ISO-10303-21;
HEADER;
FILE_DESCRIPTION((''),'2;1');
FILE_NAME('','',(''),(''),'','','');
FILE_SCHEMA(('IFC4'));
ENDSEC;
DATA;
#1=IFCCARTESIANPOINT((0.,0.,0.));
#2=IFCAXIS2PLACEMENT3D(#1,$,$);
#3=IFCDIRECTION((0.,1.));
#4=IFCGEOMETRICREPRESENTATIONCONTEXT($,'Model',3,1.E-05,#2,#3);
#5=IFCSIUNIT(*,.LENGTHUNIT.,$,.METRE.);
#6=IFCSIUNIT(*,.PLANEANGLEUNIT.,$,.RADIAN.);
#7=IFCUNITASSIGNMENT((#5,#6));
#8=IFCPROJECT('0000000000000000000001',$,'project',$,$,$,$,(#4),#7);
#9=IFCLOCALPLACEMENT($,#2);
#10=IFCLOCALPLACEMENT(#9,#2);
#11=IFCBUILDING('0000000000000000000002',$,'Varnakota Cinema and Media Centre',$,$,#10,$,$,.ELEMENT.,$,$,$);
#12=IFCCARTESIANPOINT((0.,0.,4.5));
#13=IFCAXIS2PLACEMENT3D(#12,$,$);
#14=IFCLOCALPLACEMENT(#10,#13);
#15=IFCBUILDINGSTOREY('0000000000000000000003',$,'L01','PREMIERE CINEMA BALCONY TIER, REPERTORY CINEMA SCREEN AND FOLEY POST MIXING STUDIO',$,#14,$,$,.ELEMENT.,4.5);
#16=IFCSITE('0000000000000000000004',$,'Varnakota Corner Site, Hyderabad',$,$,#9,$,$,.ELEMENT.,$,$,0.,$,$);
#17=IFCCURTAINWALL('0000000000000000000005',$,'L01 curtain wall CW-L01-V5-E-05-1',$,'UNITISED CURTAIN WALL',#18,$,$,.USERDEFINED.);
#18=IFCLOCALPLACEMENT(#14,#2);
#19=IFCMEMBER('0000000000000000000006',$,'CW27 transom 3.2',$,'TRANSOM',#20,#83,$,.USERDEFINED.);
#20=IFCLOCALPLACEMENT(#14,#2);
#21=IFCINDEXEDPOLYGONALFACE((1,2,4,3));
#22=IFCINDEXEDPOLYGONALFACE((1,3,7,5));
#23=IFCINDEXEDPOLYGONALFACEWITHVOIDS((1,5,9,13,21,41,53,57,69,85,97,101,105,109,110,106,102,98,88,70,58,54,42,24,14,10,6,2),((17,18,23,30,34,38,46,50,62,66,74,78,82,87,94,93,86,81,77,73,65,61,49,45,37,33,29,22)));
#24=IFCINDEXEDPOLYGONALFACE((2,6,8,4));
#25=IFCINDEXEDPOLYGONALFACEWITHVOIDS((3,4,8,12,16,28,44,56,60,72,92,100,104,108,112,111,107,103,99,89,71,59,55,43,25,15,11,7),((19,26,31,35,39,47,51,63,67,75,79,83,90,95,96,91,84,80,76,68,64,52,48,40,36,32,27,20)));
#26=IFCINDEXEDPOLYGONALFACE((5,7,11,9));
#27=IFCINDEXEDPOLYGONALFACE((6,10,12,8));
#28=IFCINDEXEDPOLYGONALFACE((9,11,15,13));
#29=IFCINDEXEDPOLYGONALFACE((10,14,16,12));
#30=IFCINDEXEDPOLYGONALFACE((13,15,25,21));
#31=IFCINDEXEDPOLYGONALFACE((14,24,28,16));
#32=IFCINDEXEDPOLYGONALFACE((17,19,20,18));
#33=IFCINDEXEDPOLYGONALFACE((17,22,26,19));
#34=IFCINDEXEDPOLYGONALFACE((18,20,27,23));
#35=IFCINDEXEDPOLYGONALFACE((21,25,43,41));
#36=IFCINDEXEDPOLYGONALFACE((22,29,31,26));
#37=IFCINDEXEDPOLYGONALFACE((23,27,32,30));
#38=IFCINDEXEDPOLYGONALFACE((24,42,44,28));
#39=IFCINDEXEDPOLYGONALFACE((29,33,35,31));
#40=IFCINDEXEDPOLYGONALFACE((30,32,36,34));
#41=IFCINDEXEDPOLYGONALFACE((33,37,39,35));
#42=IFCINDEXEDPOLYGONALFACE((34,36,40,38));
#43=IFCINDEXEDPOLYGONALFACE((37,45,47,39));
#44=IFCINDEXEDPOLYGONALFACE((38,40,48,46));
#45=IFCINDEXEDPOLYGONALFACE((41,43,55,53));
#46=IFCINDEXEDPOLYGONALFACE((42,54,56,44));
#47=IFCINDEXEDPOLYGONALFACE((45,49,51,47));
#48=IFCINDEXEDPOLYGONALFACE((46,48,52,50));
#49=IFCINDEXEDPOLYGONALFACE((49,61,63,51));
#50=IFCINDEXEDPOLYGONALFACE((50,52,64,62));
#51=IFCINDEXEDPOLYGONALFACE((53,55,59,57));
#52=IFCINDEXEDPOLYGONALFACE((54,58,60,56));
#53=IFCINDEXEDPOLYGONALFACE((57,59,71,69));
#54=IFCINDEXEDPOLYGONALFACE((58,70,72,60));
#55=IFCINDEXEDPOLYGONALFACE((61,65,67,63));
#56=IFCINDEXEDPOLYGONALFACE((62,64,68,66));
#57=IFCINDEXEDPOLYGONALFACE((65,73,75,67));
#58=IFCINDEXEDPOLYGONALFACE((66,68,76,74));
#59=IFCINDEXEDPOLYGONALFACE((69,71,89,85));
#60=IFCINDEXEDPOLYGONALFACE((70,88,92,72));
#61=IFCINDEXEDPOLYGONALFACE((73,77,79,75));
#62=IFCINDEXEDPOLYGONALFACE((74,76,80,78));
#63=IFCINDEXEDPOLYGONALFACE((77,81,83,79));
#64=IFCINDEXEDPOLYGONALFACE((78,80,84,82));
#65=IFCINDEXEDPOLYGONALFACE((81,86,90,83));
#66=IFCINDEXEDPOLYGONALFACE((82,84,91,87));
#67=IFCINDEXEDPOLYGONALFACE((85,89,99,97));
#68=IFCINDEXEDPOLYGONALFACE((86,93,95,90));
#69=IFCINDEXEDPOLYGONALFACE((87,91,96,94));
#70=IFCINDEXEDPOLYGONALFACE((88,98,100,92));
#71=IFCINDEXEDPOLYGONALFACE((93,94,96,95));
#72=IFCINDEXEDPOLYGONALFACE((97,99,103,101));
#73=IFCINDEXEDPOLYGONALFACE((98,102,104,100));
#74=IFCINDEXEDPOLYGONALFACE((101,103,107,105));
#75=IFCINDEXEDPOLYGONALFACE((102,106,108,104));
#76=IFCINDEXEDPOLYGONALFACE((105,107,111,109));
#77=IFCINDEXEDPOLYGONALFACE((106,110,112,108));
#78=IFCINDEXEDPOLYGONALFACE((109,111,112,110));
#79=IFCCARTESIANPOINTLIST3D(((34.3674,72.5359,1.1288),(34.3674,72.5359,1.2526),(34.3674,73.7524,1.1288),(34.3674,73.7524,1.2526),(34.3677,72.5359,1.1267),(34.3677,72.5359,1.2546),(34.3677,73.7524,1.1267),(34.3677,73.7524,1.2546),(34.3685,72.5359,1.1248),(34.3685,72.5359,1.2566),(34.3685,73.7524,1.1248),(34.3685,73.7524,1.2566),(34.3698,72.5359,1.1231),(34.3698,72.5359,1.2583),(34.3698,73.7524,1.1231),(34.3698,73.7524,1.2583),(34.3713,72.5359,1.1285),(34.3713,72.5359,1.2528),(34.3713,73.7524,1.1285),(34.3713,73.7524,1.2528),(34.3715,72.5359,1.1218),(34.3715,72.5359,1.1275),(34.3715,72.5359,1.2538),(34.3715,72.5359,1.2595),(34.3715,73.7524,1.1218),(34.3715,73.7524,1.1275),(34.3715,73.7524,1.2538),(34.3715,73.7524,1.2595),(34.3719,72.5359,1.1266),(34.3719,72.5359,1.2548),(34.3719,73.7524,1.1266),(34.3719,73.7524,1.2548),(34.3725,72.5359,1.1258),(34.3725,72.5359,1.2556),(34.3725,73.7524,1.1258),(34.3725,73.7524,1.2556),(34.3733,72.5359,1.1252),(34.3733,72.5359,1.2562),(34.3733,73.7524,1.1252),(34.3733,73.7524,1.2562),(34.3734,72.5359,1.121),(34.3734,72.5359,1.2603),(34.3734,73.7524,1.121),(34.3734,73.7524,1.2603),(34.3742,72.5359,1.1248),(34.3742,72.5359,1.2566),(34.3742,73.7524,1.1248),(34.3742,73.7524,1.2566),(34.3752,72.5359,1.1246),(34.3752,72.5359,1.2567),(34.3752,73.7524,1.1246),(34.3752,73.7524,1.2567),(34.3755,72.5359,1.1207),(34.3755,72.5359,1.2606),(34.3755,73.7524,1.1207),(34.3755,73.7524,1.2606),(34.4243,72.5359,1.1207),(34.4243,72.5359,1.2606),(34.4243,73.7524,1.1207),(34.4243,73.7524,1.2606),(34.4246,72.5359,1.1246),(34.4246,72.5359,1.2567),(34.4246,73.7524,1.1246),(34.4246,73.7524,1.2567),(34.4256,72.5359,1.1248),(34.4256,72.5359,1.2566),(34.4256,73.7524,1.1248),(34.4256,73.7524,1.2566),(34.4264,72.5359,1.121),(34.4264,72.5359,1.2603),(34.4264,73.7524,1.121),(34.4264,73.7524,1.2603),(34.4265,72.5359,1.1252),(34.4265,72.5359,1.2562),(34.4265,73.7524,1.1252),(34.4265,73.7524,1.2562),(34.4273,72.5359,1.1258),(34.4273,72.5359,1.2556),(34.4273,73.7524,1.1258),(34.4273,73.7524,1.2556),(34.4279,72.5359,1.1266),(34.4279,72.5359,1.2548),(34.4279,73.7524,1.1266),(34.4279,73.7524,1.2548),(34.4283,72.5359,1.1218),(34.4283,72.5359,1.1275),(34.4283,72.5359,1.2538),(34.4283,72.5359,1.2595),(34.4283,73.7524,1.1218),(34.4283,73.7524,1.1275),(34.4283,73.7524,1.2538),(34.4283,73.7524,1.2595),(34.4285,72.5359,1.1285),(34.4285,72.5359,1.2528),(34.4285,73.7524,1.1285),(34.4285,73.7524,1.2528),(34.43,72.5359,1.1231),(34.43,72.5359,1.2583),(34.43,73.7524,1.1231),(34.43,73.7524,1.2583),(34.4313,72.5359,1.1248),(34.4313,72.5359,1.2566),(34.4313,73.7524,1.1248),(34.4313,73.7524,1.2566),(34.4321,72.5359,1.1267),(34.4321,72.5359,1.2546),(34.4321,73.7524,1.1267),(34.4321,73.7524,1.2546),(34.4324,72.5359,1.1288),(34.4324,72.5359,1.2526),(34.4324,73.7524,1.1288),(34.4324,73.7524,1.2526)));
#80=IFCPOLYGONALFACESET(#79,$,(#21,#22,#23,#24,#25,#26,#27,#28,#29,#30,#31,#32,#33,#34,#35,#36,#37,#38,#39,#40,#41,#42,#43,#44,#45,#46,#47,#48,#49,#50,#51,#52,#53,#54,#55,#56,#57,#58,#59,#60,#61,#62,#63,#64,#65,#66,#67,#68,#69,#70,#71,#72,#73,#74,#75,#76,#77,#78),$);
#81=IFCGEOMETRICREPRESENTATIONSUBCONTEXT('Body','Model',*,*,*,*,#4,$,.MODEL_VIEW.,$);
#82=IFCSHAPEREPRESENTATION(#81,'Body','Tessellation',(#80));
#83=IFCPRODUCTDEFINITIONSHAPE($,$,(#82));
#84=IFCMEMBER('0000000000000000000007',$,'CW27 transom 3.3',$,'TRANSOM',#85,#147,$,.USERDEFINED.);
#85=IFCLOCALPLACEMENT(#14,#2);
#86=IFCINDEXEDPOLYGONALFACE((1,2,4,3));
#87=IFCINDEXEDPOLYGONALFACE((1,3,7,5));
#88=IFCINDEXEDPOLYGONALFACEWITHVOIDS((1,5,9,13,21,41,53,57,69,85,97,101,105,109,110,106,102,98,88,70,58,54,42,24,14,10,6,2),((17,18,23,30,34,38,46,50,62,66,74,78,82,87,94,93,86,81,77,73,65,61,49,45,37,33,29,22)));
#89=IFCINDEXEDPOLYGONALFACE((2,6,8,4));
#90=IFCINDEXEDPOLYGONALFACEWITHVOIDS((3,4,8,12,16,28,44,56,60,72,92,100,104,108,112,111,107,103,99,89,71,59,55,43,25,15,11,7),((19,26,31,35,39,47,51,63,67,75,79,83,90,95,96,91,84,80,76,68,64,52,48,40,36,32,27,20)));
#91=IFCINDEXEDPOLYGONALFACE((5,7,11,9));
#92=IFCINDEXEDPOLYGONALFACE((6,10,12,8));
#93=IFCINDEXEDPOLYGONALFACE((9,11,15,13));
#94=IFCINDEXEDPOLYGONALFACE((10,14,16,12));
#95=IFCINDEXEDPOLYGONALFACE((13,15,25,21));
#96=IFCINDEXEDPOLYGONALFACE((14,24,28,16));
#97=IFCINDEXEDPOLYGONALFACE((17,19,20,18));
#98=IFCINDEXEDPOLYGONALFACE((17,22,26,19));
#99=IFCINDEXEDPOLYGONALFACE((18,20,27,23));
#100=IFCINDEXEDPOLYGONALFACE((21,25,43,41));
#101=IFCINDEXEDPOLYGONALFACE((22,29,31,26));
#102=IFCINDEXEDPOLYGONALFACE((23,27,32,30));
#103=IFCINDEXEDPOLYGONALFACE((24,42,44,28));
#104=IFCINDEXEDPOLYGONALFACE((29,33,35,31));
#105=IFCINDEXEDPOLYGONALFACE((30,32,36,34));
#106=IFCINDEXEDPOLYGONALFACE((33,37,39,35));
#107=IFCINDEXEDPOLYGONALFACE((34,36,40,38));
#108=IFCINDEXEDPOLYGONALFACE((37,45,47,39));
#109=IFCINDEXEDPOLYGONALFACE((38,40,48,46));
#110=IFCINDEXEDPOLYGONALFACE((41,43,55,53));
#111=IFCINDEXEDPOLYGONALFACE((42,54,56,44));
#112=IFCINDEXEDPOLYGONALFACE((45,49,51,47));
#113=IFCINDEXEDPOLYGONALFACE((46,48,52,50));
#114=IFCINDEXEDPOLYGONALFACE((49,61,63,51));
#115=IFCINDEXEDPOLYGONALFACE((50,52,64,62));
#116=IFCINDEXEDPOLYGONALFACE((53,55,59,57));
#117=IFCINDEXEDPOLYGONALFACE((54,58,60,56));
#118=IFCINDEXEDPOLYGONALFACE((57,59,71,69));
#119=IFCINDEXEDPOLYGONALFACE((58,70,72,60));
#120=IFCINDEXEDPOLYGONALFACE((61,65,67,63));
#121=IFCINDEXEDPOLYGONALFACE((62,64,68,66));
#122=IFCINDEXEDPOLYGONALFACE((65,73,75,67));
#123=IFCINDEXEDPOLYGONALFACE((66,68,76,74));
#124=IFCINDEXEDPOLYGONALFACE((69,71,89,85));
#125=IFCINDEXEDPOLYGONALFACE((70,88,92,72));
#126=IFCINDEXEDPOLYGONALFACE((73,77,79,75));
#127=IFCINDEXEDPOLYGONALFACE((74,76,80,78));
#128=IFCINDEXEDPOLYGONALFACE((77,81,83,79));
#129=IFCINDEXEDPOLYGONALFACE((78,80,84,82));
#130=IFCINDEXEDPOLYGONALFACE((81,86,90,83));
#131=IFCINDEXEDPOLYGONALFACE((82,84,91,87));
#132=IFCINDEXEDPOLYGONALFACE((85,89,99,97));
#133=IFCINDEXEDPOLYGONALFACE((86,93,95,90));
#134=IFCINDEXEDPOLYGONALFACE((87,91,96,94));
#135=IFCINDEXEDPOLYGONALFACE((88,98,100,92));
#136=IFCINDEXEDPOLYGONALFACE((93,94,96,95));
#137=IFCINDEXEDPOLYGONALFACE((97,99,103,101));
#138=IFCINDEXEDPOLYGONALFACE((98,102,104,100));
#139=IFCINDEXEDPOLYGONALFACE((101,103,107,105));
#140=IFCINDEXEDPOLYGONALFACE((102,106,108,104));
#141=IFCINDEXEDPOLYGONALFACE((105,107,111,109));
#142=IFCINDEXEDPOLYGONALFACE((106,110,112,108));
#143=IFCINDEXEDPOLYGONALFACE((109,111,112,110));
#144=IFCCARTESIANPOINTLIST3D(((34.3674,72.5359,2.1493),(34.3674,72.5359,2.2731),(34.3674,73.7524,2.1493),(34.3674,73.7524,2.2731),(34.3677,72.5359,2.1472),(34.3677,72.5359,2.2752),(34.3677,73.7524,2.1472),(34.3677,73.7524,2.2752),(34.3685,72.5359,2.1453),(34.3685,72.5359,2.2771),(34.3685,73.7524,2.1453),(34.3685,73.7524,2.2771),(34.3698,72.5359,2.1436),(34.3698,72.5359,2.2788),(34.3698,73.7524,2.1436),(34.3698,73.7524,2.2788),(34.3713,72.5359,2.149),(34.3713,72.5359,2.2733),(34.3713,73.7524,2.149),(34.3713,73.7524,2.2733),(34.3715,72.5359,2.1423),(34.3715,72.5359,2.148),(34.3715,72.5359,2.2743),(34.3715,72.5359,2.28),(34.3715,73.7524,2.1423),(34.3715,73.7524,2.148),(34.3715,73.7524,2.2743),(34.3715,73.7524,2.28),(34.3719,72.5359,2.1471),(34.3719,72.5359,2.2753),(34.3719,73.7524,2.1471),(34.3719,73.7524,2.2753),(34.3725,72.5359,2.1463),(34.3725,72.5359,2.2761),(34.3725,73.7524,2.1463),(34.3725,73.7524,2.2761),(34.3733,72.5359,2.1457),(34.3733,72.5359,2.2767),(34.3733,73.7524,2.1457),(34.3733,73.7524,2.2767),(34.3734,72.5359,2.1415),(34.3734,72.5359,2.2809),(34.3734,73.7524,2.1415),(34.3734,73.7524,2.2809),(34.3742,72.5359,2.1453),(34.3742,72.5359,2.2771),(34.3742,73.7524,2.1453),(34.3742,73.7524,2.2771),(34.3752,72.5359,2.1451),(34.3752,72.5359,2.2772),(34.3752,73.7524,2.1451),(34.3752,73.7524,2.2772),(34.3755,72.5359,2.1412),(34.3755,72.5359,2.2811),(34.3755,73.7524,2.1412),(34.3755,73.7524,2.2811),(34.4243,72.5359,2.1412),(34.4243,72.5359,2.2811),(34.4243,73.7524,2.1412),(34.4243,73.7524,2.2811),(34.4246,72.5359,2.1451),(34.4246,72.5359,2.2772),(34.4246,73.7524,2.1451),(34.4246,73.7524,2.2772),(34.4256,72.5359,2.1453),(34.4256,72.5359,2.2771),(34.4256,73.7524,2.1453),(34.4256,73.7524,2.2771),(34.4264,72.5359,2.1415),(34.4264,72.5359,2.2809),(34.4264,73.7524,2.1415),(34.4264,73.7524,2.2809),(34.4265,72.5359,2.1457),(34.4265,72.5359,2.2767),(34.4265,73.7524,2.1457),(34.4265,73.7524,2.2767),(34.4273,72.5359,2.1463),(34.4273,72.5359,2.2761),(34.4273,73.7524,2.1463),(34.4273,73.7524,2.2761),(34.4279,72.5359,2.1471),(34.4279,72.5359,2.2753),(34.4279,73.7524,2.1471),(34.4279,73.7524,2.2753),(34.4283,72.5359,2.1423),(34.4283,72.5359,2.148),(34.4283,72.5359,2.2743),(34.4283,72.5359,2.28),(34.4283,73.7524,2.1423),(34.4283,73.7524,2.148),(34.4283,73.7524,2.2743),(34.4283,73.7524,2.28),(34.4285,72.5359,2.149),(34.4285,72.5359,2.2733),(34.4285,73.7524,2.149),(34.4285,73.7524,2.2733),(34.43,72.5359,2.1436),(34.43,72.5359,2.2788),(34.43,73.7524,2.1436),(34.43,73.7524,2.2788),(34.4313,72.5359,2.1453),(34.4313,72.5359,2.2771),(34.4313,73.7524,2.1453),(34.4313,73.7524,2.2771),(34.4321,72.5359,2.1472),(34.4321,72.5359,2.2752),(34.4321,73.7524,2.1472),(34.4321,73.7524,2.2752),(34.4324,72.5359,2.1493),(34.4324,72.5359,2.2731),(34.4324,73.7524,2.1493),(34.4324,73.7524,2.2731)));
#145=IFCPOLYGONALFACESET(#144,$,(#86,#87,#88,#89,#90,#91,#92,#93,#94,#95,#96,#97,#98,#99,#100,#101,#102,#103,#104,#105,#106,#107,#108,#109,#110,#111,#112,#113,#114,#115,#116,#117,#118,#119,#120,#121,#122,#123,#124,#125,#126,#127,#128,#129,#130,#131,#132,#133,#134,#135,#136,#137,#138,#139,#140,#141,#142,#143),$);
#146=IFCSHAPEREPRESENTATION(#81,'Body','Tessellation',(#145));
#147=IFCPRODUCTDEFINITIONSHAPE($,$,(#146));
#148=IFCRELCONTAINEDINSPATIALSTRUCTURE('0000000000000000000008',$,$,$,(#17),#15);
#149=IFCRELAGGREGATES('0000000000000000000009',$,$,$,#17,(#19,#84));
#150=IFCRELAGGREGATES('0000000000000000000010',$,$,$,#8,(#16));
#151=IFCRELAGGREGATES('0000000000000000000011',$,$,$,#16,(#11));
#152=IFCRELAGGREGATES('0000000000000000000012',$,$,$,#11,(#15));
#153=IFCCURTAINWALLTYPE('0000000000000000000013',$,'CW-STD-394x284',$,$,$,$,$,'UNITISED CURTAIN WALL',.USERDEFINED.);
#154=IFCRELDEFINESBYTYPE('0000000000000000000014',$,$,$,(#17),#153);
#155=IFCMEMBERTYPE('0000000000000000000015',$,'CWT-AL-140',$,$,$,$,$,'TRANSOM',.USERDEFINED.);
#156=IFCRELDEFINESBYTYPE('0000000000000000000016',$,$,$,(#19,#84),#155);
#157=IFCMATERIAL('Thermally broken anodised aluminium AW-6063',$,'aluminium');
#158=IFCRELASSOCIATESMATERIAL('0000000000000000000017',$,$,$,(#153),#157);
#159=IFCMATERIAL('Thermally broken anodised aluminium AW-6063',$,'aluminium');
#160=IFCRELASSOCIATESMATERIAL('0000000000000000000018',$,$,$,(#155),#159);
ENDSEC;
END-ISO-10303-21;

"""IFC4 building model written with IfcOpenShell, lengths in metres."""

from ifc_helpers import new_model, si_unit, direction, frame, origin, origin_2d, place, context, subcontext, project, spatial, hollow_rectangle, extrude, material, material_profile, profile_set, type_object, element, aggregate, save


model = new_model("IFC4")

# Units and contexts
model_context = context("Model", 3, precision=1e-05, world=origin(), true_north=direction((0.0, 1.0)))
body_context = subcontext(model_context, "Body", "Model", "MODEL_VIEW")
ifc_project = project(units=[si_unit("LENGTHUNIT", "METRE"), si_unit("PLANEANGLEUNIT", "RADIAN")], contexts=[model_context])

# Site, building, storey
site_placement = place(None, origin())
site = spatial("IfcSite", under=ifc_project, at=site_placement, Name="Varnakota Corner Site, Hyderabad", CompositionType="ELEMENT", RefElevation=0.0)
building_placement = place(site_placement, origin())
building = spatial("IfcBuilding", under=site, at=building_placement, Name="Varnakota Cinema and Media Centre", CompositionType="ELEMENT")
storey_placement = place(building_placement, frame((0.0, 0.0, 4.5)))
storey = spatial("IfcBuildingStorey", under=building, at=storey_placement, Name="L01", Description="PREMIERE CINEMA BALCONY TIER, REPERTORY CINEMA SCREEN AND FOLEY POST MIXING STUDIO", CompositionType="ELEMENT", Elevation=4.5)

# Curtain wall, members
ifc_material_1 = material(Name="Thermally broken anodised aluminium AW-6063", Category="aluminium")
curtain_wall_type = type_object("IfcCurtainWallType", Name="CW-STD-394x284", ElementType="UNITISED CURTAIN WALL", PredefinedType="USERDEFINED", material=ifc_material_1)
curtain_wall_placement = place(storey_placement, origin())
curtain_wall = element("IfcCurtainWall", 1, at=curtain_wall_placement, inside=storey, type_object=curtain_wall_type, Name="L01 curtain wall CW-L01-V5-E-05-1", ObjectType="UNITISED CURTAIN WALL", PredefinedType="USERDEFINED")
ifc_material_2 = material(Name="Thermally broken anodised aluminium AW-6063", Category="aluminium")
ifc_material_profile_1 = material_profile(ifc_material_2, hollow_rectangle(XDim=0.0649, YDim=0.1399, WallThickness=0.0039, InnerFilletRadius=0.0039, OuterFilletRadius=0.0081, at=origin_2d()), Name="AL-TRANSOM 140x65x4")
ifc_profile_set_1 = profile_set([ifc_material_profile_1], Name="Thermally broken anodised aluminium AW-6063")
member_type_1 = type_object("IfcMemberType", Name="CWT-AL-140", ElementType="TRANSOM", PredefinedType="USERDEFINED", material=ifc_profile_set_1)
member_1_placement = place(storey_placement, frame((34.3999, 72.5359, 1.1907), z_axis=(0.0, 1.0, 0.0), x_axis=(-1.0, 0.0, 0.0)))
member_1 = element("IfcMember", 2, at=member_1_placement, type_object=member_type_1, Name="CW27 transom 3.2", ObjectType="TRANSOM", PredefinedType="USERDEFINED", context=body_context, shape_type="SweptSolid", body=[
    extrude(hollow_rectangle(XDim=0.0649, YDim=0.1399, WallThickness=0.0039, InnerFilletRadius=0.0039, OuterFilletRadius=0.0081, at=origin_2d()), origin(), (0.0, 0.0, 1.0), 1.2166),
])
member_2_placement = place(storey_placement, frame((34.3999, 72.5359, 2.2112), z_axis=(0.0, 1.0, 0.0), x_axis=(-1.0, 0.0, 0.0)))
member_2 = element("IfcMember", 3, at=member_2_placement, type_object=member_type_1, Name="CW27 transom 3.3", ObjectType="TRANSOM", PredefinedType="USERDEFINED", context=body_context, shape_type="SweptSolid", body=[
    extrude(hollow_rectangle(XDim=0.0649, YDim=0.1399, WallThickness=0.0039, InnerFilletRadius=0.0039, OuterFilletRadius=0.0081, at=origin_2d()), origin(), (0.0, 0.0, 1.0), 1.2166),
])
aggregate(curtain_wall, [member_1, member_2])

save(model, "model.ifc")
